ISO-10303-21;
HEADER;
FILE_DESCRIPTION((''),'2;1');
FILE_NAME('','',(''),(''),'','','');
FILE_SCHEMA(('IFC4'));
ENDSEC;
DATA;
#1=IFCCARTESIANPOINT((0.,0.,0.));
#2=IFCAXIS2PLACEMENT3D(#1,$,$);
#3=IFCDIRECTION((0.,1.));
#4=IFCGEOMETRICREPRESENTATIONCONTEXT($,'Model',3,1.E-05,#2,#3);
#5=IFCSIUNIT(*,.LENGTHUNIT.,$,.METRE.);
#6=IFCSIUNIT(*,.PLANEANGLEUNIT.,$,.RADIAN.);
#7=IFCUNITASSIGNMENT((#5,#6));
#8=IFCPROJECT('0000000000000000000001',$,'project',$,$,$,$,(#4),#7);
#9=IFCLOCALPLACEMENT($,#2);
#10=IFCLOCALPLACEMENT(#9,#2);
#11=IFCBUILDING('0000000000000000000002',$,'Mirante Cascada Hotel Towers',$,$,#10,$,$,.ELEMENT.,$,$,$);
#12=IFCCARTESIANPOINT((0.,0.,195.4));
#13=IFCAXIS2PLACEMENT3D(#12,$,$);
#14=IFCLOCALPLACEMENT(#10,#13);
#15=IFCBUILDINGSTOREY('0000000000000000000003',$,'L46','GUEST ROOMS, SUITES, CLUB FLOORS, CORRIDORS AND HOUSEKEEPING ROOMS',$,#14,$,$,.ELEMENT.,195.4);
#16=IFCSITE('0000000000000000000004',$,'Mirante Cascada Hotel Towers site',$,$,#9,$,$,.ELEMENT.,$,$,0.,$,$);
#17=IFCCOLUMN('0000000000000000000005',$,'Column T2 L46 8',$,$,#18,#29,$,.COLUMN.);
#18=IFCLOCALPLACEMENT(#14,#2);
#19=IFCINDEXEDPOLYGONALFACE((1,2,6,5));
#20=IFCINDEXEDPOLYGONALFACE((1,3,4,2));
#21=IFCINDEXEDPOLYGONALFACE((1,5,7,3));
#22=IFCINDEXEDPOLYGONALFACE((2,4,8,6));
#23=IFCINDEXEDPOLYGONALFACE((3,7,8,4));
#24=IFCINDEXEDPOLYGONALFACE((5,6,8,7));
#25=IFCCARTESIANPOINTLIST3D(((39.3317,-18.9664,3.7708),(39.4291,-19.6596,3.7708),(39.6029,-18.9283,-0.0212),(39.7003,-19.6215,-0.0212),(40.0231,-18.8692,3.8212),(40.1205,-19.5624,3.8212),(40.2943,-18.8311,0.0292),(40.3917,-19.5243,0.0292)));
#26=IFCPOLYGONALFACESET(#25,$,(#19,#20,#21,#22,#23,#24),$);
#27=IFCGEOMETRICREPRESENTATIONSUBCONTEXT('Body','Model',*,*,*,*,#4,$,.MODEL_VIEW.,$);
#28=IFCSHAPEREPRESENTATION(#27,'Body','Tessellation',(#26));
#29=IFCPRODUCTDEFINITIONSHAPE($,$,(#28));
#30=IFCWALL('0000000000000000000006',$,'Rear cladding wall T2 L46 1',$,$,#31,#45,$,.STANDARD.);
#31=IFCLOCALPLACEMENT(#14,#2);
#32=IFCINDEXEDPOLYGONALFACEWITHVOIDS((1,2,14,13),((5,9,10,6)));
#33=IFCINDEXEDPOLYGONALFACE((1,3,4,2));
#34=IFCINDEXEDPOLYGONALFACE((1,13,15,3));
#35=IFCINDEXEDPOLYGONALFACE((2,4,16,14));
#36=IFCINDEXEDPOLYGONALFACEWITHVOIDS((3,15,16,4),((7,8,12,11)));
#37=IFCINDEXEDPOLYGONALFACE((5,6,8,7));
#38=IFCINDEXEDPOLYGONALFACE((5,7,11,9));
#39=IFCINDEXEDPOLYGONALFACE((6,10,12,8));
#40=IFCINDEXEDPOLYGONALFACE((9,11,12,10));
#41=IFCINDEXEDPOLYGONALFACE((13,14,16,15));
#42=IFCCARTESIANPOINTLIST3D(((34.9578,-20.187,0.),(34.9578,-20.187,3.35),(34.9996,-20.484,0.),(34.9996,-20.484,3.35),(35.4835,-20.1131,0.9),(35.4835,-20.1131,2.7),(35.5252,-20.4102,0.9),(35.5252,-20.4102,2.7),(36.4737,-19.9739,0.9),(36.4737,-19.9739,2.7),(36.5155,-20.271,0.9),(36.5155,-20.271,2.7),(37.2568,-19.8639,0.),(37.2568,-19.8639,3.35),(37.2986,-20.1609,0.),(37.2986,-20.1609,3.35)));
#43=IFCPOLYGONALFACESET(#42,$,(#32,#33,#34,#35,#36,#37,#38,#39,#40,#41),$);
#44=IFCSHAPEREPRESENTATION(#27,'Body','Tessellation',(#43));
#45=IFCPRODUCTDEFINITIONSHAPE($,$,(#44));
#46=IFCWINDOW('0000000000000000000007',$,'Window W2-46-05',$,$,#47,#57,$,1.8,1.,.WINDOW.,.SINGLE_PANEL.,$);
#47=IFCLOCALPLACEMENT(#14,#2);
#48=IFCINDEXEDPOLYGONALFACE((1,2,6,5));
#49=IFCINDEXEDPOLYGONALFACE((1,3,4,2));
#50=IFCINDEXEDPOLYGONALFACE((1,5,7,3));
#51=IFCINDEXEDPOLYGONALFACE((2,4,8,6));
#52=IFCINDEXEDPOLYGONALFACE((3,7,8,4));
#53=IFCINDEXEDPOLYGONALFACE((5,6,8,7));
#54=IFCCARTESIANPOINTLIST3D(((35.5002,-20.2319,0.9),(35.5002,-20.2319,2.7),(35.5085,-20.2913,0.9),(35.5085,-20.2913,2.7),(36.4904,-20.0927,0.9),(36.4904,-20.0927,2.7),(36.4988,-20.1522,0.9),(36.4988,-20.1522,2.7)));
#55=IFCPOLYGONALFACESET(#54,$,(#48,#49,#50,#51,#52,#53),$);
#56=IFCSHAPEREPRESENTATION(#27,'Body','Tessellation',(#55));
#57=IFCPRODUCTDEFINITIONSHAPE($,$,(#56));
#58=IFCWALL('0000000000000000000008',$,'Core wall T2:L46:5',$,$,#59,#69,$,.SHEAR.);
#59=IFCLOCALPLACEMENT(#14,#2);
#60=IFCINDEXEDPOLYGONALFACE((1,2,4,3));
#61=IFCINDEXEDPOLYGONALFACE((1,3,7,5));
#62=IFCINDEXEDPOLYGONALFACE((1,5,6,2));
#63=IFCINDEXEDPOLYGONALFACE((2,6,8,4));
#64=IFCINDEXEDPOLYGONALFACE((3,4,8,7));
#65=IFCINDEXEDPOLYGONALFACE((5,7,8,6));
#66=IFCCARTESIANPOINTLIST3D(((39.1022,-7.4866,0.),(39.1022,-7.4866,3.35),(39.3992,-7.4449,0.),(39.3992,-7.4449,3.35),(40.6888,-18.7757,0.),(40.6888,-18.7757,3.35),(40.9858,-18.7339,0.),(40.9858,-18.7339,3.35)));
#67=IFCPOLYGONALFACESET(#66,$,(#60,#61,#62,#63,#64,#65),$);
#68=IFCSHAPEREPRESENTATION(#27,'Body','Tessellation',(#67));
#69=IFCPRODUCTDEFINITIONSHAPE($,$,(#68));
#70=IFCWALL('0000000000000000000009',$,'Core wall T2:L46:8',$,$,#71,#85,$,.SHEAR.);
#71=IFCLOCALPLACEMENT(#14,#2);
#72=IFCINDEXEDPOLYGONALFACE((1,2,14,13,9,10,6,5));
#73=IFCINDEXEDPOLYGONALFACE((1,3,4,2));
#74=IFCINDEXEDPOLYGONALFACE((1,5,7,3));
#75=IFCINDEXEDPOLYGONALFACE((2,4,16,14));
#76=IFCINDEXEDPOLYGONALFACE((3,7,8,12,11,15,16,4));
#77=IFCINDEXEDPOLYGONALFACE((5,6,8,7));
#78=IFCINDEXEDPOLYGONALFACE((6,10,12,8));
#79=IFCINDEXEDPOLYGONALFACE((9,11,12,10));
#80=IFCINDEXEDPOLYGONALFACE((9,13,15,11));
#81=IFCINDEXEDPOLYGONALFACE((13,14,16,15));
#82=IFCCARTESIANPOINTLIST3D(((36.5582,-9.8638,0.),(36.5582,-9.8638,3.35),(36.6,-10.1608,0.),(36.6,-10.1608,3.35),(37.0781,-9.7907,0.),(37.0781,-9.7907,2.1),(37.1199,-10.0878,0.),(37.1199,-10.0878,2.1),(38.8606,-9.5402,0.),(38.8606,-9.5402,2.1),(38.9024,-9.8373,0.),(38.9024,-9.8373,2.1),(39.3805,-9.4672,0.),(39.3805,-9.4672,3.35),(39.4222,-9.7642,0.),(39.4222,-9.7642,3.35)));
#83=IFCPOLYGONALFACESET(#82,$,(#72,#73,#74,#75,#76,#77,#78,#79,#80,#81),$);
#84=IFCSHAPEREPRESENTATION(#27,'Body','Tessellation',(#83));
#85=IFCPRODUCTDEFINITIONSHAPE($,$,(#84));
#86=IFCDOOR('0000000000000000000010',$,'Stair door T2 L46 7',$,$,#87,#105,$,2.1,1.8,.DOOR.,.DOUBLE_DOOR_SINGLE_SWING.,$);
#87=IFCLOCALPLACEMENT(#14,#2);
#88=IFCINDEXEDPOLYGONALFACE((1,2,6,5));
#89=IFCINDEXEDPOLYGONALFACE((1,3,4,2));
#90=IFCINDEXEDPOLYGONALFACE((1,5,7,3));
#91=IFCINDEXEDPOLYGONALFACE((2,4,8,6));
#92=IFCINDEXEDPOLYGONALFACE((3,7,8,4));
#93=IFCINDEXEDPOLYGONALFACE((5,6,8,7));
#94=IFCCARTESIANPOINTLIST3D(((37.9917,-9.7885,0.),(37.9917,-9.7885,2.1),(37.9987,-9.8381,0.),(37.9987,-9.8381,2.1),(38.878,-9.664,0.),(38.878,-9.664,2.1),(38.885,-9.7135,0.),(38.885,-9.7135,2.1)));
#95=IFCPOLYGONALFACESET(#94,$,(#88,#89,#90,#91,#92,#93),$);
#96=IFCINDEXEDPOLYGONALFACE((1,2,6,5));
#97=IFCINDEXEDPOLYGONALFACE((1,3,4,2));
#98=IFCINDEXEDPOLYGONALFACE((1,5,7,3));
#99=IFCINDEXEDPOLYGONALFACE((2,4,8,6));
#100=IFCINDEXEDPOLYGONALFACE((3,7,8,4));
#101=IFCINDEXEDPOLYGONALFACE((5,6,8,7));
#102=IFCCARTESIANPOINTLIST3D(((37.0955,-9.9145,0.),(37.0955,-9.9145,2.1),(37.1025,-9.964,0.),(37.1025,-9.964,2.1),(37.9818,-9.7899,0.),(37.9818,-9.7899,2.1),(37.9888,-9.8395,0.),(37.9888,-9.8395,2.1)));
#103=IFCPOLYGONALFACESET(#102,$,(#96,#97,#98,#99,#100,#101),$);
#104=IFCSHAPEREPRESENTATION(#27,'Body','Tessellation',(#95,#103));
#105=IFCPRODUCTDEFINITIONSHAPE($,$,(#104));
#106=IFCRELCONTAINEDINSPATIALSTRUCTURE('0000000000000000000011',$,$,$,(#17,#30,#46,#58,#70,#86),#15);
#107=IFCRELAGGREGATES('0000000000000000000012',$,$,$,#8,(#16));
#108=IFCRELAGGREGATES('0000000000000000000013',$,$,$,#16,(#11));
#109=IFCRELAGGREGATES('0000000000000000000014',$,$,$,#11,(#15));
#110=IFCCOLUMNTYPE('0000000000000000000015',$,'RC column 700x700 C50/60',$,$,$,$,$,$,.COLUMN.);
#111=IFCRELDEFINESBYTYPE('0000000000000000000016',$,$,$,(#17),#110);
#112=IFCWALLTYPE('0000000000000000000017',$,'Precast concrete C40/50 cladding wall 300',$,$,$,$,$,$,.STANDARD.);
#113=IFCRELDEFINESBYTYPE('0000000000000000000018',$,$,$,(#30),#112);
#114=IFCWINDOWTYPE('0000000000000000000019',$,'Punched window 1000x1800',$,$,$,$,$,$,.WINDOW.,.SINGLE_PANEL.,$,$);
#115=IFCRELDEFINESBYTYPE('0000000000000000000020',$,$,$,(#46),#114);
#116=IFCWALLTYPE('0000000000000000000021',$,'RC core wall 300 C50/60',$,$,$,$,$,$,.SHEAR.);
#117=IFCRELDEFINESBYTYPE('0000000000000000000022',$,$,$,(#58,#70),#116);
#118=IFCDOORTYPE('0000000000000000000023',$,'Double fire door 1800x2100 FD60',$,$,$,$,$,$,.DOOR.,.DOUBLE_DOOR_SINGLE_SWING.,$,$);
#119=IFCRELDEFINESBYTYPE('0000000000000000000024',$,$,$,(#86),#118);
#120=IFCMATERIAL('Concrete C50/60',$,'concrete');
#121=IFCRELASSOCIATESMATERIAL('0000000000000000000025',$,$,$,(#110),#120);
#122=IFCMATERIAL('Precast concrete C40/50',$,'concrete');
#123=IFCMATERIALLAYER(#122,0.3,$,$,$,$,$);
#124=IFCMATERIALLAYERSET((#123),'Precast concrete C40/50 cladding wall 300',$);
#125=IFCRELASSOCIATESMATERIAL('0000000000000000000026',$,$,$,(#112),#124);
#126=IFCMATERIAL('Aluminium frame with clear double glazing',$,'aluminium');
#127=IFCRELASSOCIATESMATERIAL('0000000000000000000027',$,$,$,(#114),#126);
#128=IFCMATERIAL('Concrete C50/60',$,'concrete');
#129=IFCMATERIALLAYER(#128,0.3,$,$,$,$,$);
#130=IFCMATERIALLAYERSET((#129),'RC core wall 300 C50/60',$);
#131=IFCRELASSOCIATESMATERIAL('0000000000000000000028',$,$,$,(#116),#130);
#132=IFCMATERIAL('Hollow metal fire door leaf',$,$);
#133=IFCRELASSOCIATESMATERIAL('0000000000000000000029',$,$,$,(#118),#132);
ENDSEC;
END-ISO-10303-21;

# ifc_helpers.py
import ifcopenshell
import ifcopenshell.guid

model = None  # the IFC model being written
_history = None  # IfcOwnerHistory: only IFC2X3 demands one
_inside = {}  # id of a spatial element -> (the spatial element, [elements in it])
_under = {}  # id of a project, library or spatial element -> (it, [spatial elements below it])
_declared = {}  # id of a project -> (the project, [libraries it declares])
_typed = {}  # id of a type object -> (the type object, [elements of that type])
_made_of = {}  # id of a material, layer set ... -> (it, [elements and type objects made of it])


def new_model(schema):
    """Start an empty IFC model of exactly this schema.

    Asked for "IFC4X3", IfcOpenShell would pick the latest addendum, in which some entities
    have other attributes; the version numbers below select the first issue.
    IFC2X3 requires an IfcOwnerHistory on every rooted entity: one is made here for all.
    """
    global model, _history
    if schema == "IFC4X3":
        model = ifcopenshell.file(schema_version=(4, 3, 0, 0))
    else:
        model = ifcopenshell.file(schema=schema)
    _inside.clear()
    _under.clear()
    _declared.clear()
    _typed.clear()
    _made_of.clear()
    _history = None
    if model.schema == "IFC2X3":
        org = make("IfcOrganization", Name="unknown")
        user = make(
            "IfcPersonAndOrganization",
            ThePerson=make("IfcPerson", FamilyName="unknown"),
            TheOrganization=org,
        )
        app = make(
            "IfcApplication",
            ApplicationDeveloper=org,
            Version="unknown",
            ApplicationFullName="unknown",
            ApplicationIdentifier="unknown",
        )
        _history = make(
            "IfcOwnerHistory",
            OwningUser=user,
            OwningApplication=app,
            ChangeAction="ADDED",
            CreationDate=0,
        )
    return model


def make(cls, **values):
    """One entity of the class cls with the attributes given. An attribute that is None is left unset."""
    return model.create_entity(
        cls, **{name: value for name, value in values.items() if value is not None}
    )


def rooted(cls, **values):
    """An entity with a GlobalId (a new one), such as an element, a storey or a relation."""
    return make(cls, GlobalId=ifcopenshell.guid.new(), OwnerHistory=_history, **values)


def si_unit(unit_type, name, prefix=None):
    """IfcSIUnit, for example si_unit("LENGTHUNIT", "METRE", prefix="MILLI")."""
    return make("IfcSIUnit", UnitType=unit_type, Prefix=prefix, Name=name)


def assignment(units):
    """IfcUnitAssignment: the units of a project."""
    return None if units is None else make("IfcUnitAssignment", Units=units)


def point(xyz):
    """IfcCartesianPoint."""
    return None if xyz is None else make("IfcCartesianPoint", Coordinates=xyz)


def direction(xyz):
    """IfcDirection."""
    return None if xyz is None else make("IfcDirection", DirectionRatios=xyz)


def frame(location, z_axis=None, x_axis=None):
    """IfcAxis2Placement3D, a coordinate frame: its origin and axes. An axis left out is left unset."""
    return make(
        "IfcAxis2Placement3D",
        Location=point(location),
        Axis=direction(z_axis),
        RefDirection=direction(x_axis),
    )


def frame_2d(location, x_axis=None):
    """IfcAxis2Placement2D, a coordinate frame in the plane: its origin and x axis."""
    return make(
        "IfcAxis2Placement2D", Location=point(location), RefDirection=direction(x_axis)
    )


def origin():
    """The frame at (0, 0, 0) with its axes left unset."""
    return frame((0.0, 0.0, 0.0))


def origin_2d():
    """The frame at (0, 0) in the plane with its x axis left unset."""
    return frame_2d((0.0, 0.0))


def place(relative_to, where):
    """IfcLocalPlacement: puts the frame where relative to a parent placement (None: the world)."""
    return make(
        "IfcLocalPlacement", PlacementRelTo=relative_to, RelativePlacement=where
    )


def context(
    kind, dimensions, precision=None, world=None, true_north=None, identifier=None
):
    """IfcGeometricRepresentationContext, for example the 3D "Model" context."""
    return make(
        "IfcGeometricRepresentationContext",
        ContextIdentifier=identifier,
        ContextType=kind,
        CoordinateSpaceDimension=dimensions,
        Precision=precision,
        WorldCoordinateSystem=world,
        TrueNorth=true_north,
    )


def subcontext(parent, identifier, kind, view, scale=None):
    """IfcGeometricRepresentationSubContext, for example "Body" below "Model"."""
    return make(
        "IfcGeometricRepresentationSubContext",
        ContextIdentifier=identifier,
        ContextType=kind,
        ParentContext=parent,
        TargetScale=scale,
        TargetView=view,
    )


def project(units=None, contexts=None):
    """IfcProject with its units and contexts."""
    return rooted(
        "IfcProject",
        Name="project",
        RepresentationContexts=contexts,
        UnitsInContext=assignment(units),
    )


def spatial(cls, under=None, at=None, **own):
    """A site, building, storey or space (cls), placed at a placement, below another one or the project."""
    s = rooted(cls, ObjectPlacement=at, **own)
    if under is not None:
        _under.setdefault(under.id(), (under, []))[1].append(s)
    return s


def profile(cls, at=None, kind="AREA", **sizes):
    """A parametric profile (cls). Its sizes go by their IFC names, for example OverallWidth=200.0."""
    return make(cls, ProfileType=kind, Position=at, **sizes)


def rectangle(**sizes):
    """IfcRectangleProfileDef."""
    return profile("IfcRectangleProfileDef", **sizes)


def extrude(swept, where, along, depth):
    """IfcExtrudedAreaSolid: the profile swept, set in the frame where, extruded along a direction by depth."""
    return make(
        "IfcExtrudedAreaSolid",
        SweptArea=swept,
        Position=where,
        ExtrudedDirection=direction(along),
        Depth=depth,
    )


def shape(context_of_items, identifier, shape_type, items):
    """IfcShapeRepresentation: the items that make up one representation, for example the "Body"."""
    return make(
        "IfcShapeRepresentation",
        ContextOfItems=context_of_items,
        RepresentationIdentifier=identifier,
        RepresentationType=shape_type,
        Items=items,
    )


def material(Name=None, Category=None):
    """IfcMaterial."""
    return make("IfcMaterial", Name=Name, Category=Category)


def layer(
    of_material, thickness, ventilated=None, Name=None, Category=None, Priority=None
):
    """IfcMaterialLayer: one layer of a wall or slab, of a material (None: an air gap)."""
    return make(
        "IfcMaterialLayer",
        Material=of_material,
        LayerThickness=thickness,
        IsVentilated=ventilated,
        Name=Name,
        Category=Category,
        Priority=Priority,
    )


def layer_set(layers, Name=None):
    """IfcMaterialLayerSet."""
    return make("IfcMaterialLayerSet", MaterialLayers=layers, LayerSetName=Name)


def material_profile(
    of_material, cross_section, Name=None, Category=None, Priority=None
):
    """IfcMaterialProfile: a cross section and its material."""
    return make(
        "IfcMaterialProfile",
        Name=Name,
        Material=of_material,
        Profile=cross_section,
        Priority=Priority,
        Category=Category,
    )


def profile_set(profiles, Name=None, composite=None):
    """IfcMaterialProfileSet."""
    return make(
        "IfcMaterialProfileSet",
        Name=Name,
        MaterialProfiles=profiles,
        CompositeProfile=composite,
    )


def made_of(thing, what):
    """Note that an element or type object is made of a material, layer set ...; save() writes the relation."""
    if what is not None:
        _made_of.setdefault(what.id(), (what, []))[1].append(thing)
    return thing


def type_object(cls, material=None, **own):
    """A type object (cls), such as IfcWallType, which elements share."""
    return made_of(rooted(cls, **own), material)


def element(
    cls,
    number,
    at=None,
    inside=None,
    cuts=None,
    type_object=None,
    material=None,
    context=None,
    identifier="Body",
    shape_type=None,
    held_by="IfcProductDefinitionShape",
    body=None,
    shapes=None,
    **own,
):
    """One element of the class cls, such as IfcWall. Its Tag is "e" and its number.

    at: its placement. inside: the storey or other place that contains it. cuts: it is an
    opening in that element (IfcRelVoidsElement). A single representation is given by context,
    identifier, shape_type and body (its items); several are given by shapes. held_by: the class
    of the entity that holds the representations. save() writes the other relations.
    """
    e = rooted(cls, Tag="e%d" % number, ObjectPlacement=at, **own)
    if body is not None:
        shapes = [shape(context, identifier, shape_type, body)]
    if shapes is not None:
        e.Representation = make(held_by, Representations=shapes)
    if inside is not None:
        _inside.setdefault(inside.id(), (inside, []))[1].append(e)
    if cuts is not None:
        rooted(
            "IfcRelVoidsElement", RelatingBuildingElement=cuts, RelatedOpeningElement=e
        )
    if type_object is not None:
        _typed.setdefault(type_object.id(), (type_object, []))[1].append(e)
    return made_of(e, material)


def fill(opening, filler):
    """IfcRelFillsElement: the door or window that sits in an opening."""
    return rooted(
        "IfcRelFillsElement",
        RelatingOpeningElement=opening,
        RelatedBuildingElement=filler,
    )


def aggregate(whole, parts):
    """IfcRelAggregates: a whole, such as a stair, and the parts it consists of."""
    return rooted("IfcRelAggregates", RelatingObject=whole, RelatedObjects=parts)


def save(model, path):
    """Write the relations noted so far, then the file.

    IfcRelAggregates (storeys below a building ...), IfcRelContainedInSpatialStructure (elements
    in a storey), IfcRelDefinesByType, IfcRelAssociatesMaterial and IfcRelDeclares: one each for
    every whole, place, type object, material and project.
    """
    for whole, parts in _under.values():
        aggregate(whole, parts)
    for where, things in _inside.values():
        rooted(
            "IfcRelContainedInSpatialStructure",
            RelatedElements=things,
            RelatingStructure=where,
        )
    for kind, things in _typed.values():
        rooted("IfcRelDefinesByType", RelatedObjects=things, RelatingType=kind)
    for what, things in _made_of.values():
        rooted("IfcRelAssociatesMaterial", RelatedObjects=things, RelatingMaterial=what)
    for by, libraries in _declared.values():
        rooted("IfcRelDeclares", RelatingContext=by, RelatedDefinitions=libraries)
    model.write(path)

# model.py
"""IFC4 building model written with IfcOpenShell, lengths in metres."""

from ifc_helpers import new_model, si_unit, direction, frame, frame_2d, origin, origin_2d, place, context, subcontext, project, spatial, rectangle, extrude, material, layer, layer_set, material_profile, profile_set, type_object, element, fill, save


model = new_model("IFC4")

# Units and contexts
model_context = context("Model", 3, precision=1e-05, world=origin(), true_north=direction((0.0, 1.0)))
body_context = subcontext(model_context, "Body", "Model", "MODEL_VIEW")
ifc_project = project(units=[si_unit("LENGTHUNIT", "METRE"), si_unit("PLANEANGLEUNIT", "RADIAN")], contexts=[model_context])

# Site, building, storey
site_placement = place(None, origin())
site = spatial("IfcSite", under=ifc_project, at=site_placement, Name="Mirante Cascada Hotel Towers site", CompositionType="ELEMENT", RefElevation=0.0)
building_placement = place(site_placement, origin())
building = spatial("IfcBuilding", under=site, at=building_placement, Name="Mirante Cascada Hotel Towers", CompositionType="ELEMENT")
storey_placement = place(building_placement, frame((0.0, 0.0, 195.4)))
storey = spatial("IfcBuildingStorey", under=building, at=storey_placement, Name="L46", Description="GUEST ROOMS, SUITES, CLUB FLOORS, CORRIDORS AND HOUSEKEEPING ROOMS", CompositionType="ELEMENT", Elevation=195.4)

# Column
ifc_material_1 = material(Name="Concrete C50/60", Category="concrete")
ifc_material_profile = material_profile(ifc_material_1, rectangle(XDim=0.7, YDim=0.7, at=origin_2d()), Name="RC column 700x700 C50/60")
ifc_profile_set = profile_set([ifc_material_profile], Name="Concrete C50/60")
column_type = type_object("IfcColumnType", Name="RC column 700x700 C50/60", PredefinedType="COLUMN", material=ifc_profile_set)
column_placement = place(storey_placement, frame((39.9973, -19.2263, 0.004), z_axis=(-0.071333, -0.010021, 0.997402), x_axis=(0.139121, -0.990275, 0.0)))
element("IfcColumn", 1, at=column_placement, inside=storey, type_object=column_type, Name="Column T2 L46 8", PredefinedType="COLUMN", context=body_context, shape_type="SweptSolid", body=[
    extrude(rectangle(XDim=0.7, YDim=0.7, at=origin_2d()), origin(), (0.0, 0.0, 1.0), 3.8019),
])

# Wall, opening, window
ifc_material_2 = material(Name="Precast concrete C40/50", Category="concrete")
ifc_layer_1 = layer(ifc_material_2, 0.3)
ifc_layer_set_1 = layer_set([ifc_layer_1], Name="Precast concrete C40/50 cladding wall 300")
wall_type_1 = type_object("IfcWallType", Name="Precast concrete C40/50 cladding wall 300", PredefinedType="STANDARD", material=ifc_layer_set_1)
wall_1_placement = place(storey_placement, frame((34.9787, -20.3355, 0.0), z_axis=(0.0, 0.0, 1.0), x_axis=(0.990268, 0.139172, 0.0)))
wall_1 = element("IfcWall", 2, at=wall_1_placement, inside=storey, type_object=wall_type_1, Name="Rear cladding wall T2 L46 1", PredefinedType="STANDARD", context=body_context, shape_type="SweptSolid", body=[
    extrude(rectangle(XDim=2.3216, YDim=0.3, at=frame_2d((1.1608, 0.0))), origin(), (0.0, 0.0, 1.0), 3.35),
])
opening_1_placement = place(wall_1_placement, frame((0.5308, 0.0, 0.9)))
opening_1 = element("IfcOpeningElement", 3, at=opening_1_placement, cuts=wall_1, PredefinedType="OPENING", context=body_context, shape_type="SweptSolid", body=[
    extrude(rectangle(XDim=1.0, YDim=1.8, at=frame_2d((0.5, 0.9))), frame((0.0, 0.15, 0.0), z_axis=(0.0, -1.0, 0.0), x_axis=(1.0, 0.0, 0.0)), (0.0, 0.0, 1.0), 0.3),
])
ifc_material_3 = material(Name="Aluminium frame with clear double glazing", Category="aluminium")
window_type = type_object("IfcWindowType", Name="Punched window 1000x1800", PartitioningType="SINGLE_PANEL", PredefinedType="WINDOW", material=ifc_material_3)
window_placement = place(opening_1_placement, origin())
window = element("IfcWindow", 4, at=window_placement, inside=storey, type_object=window_type, Name="Window W2-46-05", OverallHeight=1.8, OverallWidth=1.0, PartitioningType="SINGLE_PANEL", PredefinedType="WINDOW", context=body_context, shape_type="SweptSolid", body=[
    extrude(rectangle(XDim=1.0, YDim=1.8, at=frame_2d((0.5, 0.9))), frame((0.0, 0.03, 0.0), z_axis=(0.0, -1.0, 0.0), x_axis=(1.0, 0.0, 0.0)), (0.0, 0.0, 1.0), 0.06),
])
fill(opening_1, window)

# Wall
ifc_material_4 = material(Name="Concrete C50/60", Category="concrete")
ifc_layer_2 = layer(ifc_material_4, 0.3)
ifc_layer_set_2 = layer_set([ifc_layer_2], Name="RC core wall 300 C50/60")
wall_type_2 = type_object("IfcWallType", Name="RC core wall 300 C50/60", PredefinedType="SHEAR", material=ifc_layer_set_2)
wall_2_placement = place(storey_placement, frame((40.8373, -18.7548, 0.0), z_axis=(0.0, 0.0, 1.0), x_axis=(-0.139175, 0.990268, 0.0)))
element("IfcWall", 5, at=wall_2_placement, inside=storey, type_object=wall_type_2, Name="Core wall T2:L46:5", PredefinedType="SHEAR", context=body_context, shape_type="SweptSolid", body=[
    extrude(rectangle(XDim=11.4, YDim=0.3, at=frame_2d((5.7, 0.0))), origin(), (0.0, 0.0, 1.0), 3.35),
])

# Wall, opening, door
wall_3_placement = place(storey_placement, frame((36.5791, -10.0123, 0.0), z_axis=(0.0, 0.0, 1.0), x_axis=(0.99027, 0.139156, 0.0)))
wall_3 = element("IfcWall", 6, at=wall_3_placement, inside=storey, type_object=wall_type_2, Name="Core wall T2:L46:8", PredefinedType="SHEAR", context=body_context, shape_type="SweptSolid", body=[
    extrude(rectangle(XDim=2.85, YDim=0.3, at=frame_2d((1.425, 0.0))), origin(), (0.0, 0.0, 1.0), 3.35),
])
opening_2_placement = place(wall_3_placement, frame((0.525, 0.0, 0.0)))
opening_2 = element("IfcOpeningElement", 7, at=opening_2_placement, cuts=wall_3, PredefinedType="OPENING", context=body_context, shape_type="SweptSolid", body=[
    extrude(rectangle(XDim=1.8, YDim=2.1, at=frame_2d((0.9, 1.05))), frame((0.0, 0.15, 0.0), z_axis=(0.0, -1.0, 0.0), x_axis=(1.0, 0.0, 0.0)), (0.0, 0.0, 1.0), 0.3),
])
ifc_material_5 = material(Name="Hollow metal fire door leaf")
door_type_1 = type_object("IfcDoorType", Name="Double fire door 1800x2100 FD60", OperationType="DOUBLE_DOOR_SINGLE_SWING", PredefinedType="DOOR", material=ifc_material_5)
door_1_placement = place(opening_2_placement, frame((1.8, 0.0, 0.0), z_axis=(0.0, 0.0, 1.0), x_axis=(-1.0, 0.0, 0.0)))
door_1 = element("IfcDoor", 8, at=door_1_placement, inside=storey, type_object=door_type_1, Name="Stair door T2 L46 7", OperationType="DOUBLE_DOOR_SINGLE_SWING", OverallHeight=2.1, OverallWidth=1.8, PredefinedType="DOOR", context=body_context, shape_type="SweptSolid", body=[
    extrude(rectangle(XDim=0.895, YDim=2.1, at=frame_2d((0.4475, 1.05))), frame((0.0, 0.025, 0.0), z_axis=(0.0, -1.0, 0.0), x_axis=(1.0, 0.0, 0.0)), (0.0, 0.0, 1.0), 0.05),
    extrude(rectangle(XDim=0.895, YDim=2.1, at=frame_2d((1.3525, 1.05))), frame((0.0, 0.025, 0.0), z_axis=(0.0, -1.0, 0.0), x_axis=(1.0, 0.0, 0.0)), (0.0, 0.0, 1.0), 0.05),
])
fill(opening_2, door_1)

save(model, "model.ifc")
